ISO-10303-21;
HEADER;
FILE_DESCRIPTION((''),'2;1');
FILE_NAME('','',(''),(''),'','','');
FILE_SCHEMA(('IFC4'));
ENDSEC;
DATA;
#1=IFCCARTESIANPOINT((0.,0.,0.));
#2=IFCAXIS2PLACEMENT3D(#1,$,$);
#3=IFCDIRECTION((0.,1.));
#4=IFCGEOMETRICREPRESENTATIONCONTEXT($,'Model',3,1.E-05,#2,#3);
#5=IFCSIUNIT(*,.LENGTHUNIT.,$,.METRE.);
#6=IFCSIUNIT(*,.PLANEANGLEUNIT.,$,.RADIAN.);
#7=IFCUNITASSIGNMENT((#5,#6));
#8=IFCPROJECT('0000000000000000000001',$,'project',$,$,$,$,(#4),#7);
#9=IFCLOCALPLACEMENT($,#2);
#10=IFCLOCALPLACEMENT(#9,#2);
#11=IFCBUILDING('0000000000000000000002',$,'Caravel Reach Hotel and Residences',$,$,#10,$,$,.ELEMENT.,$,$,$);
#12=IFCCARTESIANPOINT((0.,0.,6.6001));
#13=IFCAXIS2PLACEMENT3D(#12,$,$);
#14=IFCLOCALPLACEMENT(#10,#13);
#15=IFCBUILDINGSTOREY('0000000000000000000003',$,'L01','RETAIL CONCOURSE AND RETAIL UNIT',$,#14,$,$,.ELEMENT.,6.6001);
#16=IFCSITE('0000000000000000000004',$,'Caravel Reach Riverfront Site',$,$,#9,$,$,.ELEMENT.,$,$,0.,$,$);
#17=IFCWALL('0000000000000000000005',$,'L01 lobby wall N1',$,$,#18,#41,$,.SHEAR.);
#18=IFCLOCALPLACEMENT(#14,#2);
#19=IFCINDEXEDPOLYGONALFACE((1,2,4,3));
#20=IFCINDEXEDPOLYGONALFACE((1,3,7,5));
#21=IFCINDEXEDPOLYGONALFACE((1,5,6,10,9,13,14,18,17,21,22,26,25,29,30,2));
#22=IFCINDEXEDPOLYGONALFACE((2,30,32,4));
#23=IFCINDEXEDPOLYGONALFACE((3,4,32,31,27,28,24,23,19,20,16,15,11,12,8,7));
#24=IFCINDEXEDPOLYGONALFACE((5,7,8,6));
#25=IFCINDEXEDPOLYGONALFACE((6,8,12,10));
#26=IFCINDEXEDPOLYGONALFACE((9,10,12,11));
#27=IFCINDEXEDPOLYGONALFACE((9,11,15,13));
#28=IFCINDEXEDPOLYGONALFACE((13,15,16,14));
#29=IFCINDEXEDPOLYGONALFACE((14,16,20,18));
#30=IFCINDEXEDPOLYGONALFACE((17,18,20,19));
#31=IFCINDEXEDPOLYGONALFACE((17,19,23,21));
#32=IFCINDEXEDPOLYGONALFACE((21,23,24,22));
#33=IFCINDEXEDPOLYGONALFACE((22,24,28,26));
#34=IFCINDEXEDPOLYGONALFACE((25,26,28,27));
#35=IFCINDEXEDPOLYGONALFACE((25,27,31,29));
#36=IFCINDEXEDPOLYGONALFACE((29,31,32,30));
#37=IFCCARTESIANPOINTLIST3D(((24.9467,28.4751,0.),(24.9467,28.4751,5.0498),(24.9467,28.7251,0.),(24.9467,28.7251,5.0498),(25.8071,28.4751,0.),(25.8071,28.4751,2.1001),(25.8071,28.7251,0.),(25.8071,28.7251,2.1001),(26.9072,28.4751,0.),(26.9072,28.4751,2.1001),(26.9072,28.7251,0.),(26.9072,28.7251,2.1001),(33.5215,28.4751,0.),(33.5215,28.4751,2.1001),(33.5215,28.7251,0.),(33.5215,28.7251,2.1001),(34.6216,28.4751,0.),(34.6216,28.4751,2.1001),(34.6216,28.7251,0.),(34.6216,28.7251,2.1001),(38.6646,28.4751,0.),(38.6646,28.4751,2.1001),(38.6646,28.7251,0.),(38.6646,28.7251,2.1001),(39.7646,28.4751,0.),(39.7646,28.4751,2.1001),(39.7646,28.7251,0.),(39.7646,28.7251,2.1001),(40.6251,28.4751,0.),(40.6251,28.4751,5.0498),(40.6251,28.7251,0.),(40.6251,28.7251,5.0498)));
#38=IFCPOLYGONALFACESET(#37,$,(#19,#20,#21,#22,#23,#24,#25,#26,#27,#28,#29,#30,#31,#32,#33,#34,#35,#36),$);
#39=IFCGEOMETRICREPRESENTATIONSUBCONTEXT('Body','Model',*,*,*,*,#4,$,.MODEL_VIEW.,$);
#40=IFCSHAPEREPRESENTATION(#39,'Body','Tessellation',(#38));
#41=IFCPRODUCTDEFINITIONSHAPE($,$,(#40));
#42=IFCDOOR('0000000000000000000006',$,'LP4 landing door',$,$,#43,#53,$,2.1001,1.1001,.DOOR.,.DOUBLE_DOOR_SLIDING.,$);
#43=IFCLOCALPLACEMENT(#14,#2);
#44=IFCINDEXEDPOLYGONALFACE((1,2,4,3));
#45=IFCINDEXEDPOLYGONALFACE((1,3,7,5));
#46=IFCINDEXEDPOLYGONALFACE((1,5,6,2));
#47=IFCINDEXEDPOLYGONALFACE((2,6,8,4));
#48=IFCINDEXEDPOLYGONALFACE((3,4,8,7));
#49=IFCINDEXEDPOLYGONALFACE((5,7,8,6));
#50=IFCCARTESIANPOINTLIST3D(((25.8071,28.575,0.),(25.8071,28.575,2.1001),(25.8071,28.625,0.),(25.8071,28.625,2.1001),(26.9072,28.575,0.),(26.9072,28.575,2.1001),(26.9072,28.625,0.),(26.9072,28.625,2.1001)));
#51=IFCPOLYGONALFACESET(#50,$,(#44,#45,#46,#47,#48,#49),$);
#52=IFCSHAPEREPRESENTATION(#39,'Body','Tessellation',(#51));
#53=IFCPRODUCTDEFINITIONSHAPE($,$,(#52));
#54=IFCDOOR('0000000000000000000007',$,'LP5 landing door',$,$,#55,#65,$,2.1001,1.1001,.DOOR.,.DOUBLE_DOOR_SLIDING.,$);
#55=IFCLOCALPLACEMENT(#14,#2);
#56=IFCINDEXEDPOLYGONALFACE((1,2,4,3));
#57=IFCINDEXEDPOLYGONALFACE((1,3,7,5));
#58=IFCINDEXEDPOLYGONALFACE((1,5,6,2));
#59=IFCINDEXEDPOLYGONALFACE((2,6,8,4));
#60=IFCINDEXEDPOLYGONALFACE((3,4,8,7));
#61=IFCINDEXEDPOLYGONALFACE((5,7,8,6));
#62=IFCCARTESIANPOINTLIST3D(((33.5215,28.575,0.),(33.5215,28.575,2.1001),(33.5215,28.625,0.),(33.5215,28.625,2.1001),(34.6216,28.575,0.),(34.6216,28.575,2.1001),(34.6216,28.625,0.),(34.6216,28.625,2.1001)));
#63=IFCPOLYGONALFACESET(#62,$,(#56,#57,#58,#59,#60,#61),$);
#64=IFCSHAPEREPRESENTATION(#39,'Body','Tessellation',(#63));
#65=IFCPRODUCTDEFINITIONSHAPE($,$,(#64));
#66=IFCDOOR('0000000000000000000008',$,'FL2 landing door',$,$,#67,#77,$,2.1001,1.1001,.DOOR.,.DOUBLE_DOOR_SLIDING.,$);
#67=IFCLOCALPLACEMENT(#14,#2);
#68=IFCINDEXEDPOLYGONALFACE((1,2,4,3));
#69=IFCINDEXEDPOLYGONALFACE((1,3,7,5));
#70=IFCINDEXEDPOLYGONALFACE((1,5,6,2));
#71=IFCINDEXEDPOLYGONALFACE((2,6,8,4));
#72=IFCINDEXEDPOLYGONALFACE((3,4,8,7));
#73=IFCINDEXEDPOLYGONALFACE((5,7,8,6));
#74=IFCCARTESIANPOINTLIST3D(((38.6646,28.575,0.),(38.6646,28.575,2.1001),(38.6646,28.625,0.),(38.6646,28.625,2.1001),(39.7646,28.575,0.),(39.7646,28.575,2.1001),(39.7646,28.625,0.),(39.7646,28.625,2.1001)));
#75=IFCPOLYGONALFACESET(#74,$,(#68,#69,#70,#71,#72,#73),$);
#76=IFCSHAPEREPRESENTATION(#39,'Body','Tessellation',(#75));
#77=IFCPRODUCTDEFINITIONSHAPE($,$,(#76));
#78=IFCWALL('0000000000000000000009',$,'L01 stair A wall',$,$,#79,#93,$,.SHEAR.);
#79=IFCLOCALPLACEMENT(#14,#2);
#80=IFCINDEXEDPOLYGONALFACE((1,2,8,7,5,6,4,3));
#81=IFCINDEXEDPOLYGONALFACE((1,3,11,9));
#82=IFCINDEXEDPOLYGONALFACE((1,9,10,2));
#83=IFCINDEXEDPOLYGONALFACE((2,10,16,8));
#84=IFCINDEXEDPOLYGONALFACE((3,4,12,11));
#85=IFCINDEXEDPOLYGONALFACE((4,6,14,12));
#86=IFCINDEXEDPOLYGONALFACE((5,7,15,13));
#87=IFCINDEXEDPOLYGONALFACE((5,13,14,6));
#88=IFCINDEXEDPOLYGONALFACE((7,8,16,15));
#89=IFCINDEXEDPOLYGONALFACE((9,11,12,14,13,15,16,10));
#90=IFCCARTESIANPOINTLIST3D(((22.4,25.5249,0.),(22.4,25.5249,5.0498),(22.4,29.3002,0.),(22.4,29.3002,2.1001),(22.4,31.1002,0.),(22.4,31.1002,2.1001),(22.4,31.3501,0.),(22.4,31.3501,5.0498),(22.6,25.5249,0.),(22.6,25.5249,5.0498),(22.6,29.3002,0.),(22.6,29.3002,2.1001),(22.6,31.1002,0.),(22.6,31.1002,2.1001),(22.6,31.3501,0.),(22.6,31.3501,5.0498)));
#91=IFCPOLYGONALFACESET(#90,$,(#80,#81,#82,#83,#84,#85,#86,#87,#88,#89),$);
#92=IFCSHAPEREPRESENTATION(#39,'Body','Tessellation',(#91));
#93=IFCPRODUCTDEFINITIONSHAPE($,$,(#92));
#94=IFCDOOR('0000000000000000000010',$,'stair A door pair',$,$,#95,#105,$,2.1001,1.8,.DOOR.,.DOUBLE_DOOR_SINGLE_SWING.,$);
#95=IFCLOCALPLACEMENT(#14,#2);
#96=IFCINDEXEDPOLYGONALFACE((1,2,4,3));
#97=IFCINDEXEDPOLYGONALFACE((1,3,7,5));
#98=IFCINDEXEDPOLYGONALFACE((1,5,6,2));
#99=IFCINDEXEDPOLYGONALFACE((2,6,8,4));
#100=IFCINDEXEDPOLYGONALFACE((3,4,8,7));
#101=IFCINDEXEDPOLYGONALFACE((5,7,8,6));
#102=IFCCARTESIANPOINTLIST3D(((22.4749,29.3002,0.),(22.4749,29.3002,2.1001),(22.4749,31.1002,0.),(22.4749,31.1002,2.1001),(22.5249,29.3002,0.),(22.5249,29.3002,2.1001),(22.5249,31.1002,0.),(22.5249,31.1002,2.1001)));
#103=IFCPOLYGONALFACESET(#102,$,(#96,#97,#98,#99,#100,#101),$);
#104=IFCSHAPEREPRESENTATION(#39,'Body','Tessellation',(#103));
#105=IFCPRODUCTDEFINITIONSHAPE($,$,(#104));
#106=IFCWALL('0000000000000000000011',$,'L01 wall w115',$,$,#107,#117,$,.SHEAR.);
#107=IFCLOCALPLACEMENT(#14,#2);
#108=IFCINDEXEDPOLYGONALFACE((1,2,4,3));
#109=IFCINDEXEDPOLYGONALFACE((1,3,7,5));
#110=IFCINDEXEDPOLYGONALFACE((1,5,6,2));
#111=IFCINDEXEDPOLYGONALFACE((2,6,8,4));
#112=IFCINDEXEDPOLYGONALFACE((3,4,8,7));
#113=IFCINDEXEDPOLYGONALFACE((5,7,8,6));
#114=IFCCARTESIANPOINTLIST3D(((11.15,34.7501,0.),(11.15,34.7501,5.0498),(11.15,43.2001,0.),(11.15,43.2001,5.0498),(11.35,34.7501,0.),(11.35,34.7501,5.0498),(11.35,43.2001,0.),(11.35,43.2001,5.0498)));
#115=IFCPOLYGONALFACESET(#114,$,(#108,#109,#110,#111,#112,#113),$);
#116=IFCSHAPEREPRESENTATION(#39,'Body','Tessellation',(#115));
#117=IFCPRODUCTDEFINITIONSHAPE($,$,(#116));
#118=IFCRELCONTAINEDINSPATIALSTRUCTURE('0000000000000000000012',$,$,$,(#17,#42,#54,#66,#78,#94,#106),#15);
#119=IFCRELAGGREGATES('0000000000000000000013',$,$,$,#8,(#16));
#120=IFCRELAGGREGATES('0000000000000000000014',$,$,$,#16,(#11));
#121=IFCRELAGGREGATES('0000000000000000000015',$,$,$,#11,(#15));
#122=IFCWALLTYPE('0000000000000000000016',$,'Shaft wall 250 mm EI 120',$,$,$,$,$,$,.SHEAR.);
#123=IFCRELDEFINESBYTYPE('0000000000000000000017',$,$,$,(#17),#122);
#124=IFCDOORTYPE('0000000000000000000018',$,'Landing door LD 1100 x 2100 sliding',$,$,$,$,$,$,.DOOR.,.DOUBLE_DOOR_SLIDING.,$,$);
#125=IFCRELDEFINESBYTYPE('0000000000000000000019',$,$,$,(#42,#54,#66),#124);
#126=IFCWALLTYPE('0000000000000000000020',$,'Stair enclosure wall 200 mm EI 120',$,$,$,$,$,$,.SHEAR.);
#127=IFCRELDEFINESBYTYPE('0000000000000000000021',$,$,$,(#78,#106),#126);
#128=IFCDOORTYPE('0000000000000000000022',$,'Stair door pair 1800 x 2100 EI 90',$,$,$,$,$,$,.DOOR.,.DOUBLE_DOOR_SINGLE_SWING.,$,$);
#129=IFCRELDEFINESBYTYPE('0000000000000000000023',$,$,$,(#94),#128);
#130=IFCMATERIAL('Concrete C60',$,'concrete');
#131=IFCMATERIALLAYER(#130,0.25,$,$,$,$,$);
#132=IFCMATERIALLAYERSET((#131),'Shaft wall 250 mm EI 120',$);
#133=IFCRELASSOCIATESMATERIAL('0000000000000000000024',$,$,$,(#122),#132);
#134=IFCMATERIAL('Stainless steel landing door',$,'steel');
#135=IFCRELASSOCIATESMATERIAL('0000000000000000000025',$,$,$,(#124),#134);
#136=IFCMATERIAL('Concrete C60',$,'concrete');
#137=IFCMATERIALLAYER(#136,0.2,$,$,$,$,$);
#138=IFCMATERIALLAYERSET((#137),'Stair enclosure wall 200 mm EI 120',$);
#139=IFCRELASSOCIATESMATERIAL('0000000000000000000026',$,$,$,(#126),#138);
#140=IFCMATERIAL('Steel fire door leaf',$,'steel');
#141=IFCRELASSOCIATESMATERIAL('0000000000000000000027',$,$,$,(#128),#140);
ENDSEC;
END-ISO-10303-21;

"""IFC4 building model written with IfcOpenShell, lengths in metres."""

from ifc_helpers import new_model, si_unit, direction, frame, frame_2d, origin, place, context, subcontext, project, spatial, rectangle, extrude, material, layer, layer_set, type_object, element, fill, save


model = new_model("IFC4")

# Units and contexts
model_context = context("Model", 3, precision=1e-05, world=origin(), true_north=direction((0.0, 1.0)))
body_context = subcontext(model_context, "Body", "Model", "MODEL_VIEW")
ifc_project = project(units=[si_unit("LENGTHUNIT", "METRE"), si_unit("PLANEANGLEUNIT", "RADIAN")], contexts=[model_context])

# Site, building, storey
site_placement = place(None, origin())
site = spatial("IfcSite", under=ifc_project, at=site_placement, Name="Caravel Reach Riverfront Site", CompositionType="ELEMENT", RefElevation=0.0)
building_placement = place(site_placement, origin())
building = spatial("IfcBuilding", under=site, at=building_placement, Name="Caravel Reach Hotel and Residences", CompositionType="ELEMENT")
storey_placement = place(building_placement, frame((0.0, 0.0, 6.6001)))
storey = spatial("IfcBuildingStorey", under=building, at=storey_placement, Name="L01", Description="RETAIL CONCOURSE AND RETAIL UNIT", CompositionType="ELEMENT", Elevation=6.6001)

# Wall, openings, doors
ifc_material_1 = material(Name="Concrete C60", Category="concrete")
ifc_layer_1 = layer(ifc_material_1, 0.25)
ifc_layer_set_1 = layer_set([ifc_layer_1], Name="Shaft wall 250 mm EI 120")
wall_type_1 = type_object("IfcWallType", Name="Shaft wall 250 mm EI 120", PredefinedType="SHEAR", material=ifc_layer_set_1)
wall_1_placement = place(storey_placement, frame((24.9465, 28.6001, 0.0), z_axis=(0.0, 0.0, 1.0), x_axis=(1.0, 0.0, 0.0)))
wall_1 = element("IfcWall", 1, at=wall_1_placement, inside=storey, type_object=wall_type_1, Name="L01 lobby wall N1", PredefinedType="SHEAR", context=body_context, shape_type="SweptSolid", body=[
    extrude(rectangle(XDim=15.6785, YDim=0.25, at=frame_2d((7.8394, 0.0))), origin(), (0.0, 0.0, 1.0), 5.0498),
])
opening_1_placement = place(wall_1_placement, frame((0.8606, 0.0, 0.0)))
opening_1 = element("IfcOpeningElement", 2, at=opening_1_placement, cuts=wall_1, PredefinedType="OPENING", context=body_context, shape_type="SweptSolid", body=[
    extrude(rectangle(XDim=1.1001, YDim=2.1001, at=frame_2d((0.55, 1.05))), frame((0.0, 0.135, 0.0), z_axis=(0.0, -1.0, 0.0), x_axis=(1.0, 0.0, 0.0)), (0.0, 0.0, 1.0), 0.27),
])
opening_2_placement = place(wall_1_placement, frame((8.575, 0.0, 0.0)))
opening_2 = element("IfcOpeningElement", 3, at=opening_2_placement, cuts=wall_1, PredefinedType="OPENING", context=body_context, shape_type="SweptSolid", body=[
    extrude(rectangle(XDim=1.1001, YDim=2.1001, at=frame_2d((0.55, 1.05))), frame((0.0, 0.135, 0.0), z_axis=(0.0, -1.0, 0.0), x_axis=(1.0, 0.0, 0.0)), (0.0, 0.0, 1.0), 0.27),
])
opening_3_placement = place(wall_1_placement, frame((13.718, 0.0, 0.0)))
opening_3 = element("IfcOpeningElement", 4, at=opening_3_placement, cuts=wall_1, PredefinedType="OPENING", context=body_context, shape_type="SweptSolid", body=[
    extrude(rectangle(XDim=1.1001, YDim=2.1001, at=frame_2d((0.55, 1.05))), frame((0.0, 0.135, 0.0), z_axis=(0.0, -1.0, 0.0), x_axis=(1.0, 0.0, 0.0)), (0.0, 0.0, 1.0), 0.27),
])
ifc_material_2 = material(Name="Stainless steel landing door", Category="steel")
door_type_1 = type_object("IfcDoorType", Name="Landing door LD 1100 x 2100 sliding", OperationType="DOUBLE_DOOR_SLIDING", PredefinedType="DOOR", material=ifc_material_2)
door_1_placement = place(opening_1_placement, origin())
door_1 = element("IfcDoor", 5, at=door_1_placement, inside=storey, type_object=door_type_1, Name="LP4 landing door", OperationType="DOUBLE_DOOR_SLIDING", OverallHeight=2.1001, OverallWidth=1.1001, PredefinedType="DOOR", context=body_context, shape_type="SweptSolid", body=[
    extrude(rectangle(XDim=1.1001, YDim=2.1001, at=frame_2d((0.55, 1.05))), frame((0.0, 0.0249, 0.0), z_axis=(0.0, -1.0, 0.0), x_axis=(1.0, 0.0, 0.0)), (0.0, 0.0, 1.0), 0.05),
])
fill(opening_1, door_1)
door_2_placement = place(opening_2_placement, origin())
door_2 = element("IfcDoor", 6, at=door_2_placement, inside=storey, type_object=door_type_1, Name="LP5 landing door", OperationType="DOUBLE_DOOR_SLIDING", OverallHeight=2.1001, OverallWidth=1.1001, PredefinedType="DOOR", context=body_context, shape_type="SweptSolid", body=[
    extrude(rectangle(XDim=1.1001, YDim=2.1001, at=frame_2d((0.55, 1.05))), frame((0.0, 0.0249, 0.0), z_axis=(0.0, -1.0, 0.0), x_axis=(1.0, 0.0, 0.0)), (0.0, 0.0, 1.0), 0.05),
])
fill(opening_2, door_2)
door_3_placement = place(opening_3_placement, origin())
door_3 = element("IfcDoor", 7, at=door_3_placement, inside=storey, type_object=door_type_1, Name="FL2 landing door", OperationType="DOUBLE_DOOR_SLIDING", OverallHeight=2.1001, OverallWidth=1.1001, PredefinedType="DOOR", context=body_context, shape_type="SweptSolid", body=[
    extrude(rectangle(XDim=1.1001, YDim=2.1001, at=frame_2d((0.55, 1.05))), frame((0.0, 0.0249, 0.0), z_axis=(0.0, -1.0, 0.0), x_axis=(1.0, 0.0, 0.0)), (0.0, 0.0, 1.0), 0.05),
])
fill(opening_3, door_3)

# Wall, opening, door
ifc_material_3 = material(Name="Concrete C60", Category="concrete")
ifc_layer_2 = layer(ifc_material_3, 0.2)
ifc_layer_set_2 = layer_set([ifc_layer_2], Name="Stair enclosure wall 200 mm EI 120")
wall_type_2 = type_object("IfcWallType", Name="Stair enclosure wall 200 mm EI 120", PredefinedType="SHEAR", material=ifc_layer_set_2)
wall_2_placement = place(storey_placement, frame((22.5, 31.3501, 0.0), z_axis=(0.0, 0.0, 1.0), x_axis=(0.0, -1.0, 0.0)))
wall_2 = element("IfcWall", 8, at=wall_2_placement, inside=storey, type_object=wall_type_2, Name="L01 stair A wall", PredefinedType="SHEAR", context=body_context, shape_type="SweptSolid", body=[
    extrude(rectangle(XDim=5.8252, YDim=0.2, at=frame_2d((2.9126, 0.0))), origin(), (0.0, 0.0, 1.0), 5.0498),
])
opening_4_placement = place(wall_2_placement, frame((0.25, 0.0, 0.0)))
opening_4 = element("IfcOpeningElement", 9, at=opening_4_placement, cuts=wall_2, PredefinedType="OPENING", context=body_context, shape_type="SweptSolid", body=[
    extrude(rectangle(XDim=1.8, YDim=2.1001, at=frame_2d((0.8999, 1.05))), frame((0.0, 0.1099, 0.0), z_axis=(0.0, -1.0, 0.0), x_axis=(1.0, 0.0, 0.0)), (0.0, 0.0, 1.0), 0.22),
])
ifc_material_4 = material(Name="Steel fire door leaf", Category="steel")
door_type_2 = type_object("IfcDoorType", Name="Stair door pair 1800 x 2100 EI 90", OperationType="DOUBLE_DOOR_SINGLE_SWING", PredefinedType="DOOR", material=ifc_material_4)
door_4_placement = place(opening_4_placement, origin())
door_4 = element("IfcDoor", 10, at=door_4_placement, inside=storey, type_object=door_type_2, Name="stair A door pair", OperationType="DOUBLE_DOOR_SINGLE_SWING", OverallHeight=2.1001, OverallWidth=1.8, PredefinedType="DOOR", context=body_context, shape_type="SweptSolid", body=[
    extrude(rectangle(XDim=1.8, YDim=2.1001, at=frame_2d((0.8999, 1.05))), frame((0.0, 0.0249, 0.0), z_axis=(0.0, -1.0, 0.0), x_axis=(1.0, 0.0, 0.0)), (0.0, 0.0, 1.0), 0.05),
])
fill(opening_4, door_4)

# Wall
wall_3_placement = place(storey_placement, frame((11.25, 34.75, 0.0), z_axis=(0.0, 0.0, 1.0), x_axis=(0.0, 1.0, 0.0)))
element("IfcWall", 11, at=wall_3_placement, inside=storey, type_object=wall_type_2, Name="L01 wall w115", PredefinedType="SHEAR", context=body_context, shape_type="SweptSolid", body=[
    extrude(rectangle(XDim=8.45, YDim=0.2, at=frame_2d((4.2251, 0.0))), origin(), (0.0, 0.0, 1.0), 5.0498),
])

save(model, "model.ifc")
